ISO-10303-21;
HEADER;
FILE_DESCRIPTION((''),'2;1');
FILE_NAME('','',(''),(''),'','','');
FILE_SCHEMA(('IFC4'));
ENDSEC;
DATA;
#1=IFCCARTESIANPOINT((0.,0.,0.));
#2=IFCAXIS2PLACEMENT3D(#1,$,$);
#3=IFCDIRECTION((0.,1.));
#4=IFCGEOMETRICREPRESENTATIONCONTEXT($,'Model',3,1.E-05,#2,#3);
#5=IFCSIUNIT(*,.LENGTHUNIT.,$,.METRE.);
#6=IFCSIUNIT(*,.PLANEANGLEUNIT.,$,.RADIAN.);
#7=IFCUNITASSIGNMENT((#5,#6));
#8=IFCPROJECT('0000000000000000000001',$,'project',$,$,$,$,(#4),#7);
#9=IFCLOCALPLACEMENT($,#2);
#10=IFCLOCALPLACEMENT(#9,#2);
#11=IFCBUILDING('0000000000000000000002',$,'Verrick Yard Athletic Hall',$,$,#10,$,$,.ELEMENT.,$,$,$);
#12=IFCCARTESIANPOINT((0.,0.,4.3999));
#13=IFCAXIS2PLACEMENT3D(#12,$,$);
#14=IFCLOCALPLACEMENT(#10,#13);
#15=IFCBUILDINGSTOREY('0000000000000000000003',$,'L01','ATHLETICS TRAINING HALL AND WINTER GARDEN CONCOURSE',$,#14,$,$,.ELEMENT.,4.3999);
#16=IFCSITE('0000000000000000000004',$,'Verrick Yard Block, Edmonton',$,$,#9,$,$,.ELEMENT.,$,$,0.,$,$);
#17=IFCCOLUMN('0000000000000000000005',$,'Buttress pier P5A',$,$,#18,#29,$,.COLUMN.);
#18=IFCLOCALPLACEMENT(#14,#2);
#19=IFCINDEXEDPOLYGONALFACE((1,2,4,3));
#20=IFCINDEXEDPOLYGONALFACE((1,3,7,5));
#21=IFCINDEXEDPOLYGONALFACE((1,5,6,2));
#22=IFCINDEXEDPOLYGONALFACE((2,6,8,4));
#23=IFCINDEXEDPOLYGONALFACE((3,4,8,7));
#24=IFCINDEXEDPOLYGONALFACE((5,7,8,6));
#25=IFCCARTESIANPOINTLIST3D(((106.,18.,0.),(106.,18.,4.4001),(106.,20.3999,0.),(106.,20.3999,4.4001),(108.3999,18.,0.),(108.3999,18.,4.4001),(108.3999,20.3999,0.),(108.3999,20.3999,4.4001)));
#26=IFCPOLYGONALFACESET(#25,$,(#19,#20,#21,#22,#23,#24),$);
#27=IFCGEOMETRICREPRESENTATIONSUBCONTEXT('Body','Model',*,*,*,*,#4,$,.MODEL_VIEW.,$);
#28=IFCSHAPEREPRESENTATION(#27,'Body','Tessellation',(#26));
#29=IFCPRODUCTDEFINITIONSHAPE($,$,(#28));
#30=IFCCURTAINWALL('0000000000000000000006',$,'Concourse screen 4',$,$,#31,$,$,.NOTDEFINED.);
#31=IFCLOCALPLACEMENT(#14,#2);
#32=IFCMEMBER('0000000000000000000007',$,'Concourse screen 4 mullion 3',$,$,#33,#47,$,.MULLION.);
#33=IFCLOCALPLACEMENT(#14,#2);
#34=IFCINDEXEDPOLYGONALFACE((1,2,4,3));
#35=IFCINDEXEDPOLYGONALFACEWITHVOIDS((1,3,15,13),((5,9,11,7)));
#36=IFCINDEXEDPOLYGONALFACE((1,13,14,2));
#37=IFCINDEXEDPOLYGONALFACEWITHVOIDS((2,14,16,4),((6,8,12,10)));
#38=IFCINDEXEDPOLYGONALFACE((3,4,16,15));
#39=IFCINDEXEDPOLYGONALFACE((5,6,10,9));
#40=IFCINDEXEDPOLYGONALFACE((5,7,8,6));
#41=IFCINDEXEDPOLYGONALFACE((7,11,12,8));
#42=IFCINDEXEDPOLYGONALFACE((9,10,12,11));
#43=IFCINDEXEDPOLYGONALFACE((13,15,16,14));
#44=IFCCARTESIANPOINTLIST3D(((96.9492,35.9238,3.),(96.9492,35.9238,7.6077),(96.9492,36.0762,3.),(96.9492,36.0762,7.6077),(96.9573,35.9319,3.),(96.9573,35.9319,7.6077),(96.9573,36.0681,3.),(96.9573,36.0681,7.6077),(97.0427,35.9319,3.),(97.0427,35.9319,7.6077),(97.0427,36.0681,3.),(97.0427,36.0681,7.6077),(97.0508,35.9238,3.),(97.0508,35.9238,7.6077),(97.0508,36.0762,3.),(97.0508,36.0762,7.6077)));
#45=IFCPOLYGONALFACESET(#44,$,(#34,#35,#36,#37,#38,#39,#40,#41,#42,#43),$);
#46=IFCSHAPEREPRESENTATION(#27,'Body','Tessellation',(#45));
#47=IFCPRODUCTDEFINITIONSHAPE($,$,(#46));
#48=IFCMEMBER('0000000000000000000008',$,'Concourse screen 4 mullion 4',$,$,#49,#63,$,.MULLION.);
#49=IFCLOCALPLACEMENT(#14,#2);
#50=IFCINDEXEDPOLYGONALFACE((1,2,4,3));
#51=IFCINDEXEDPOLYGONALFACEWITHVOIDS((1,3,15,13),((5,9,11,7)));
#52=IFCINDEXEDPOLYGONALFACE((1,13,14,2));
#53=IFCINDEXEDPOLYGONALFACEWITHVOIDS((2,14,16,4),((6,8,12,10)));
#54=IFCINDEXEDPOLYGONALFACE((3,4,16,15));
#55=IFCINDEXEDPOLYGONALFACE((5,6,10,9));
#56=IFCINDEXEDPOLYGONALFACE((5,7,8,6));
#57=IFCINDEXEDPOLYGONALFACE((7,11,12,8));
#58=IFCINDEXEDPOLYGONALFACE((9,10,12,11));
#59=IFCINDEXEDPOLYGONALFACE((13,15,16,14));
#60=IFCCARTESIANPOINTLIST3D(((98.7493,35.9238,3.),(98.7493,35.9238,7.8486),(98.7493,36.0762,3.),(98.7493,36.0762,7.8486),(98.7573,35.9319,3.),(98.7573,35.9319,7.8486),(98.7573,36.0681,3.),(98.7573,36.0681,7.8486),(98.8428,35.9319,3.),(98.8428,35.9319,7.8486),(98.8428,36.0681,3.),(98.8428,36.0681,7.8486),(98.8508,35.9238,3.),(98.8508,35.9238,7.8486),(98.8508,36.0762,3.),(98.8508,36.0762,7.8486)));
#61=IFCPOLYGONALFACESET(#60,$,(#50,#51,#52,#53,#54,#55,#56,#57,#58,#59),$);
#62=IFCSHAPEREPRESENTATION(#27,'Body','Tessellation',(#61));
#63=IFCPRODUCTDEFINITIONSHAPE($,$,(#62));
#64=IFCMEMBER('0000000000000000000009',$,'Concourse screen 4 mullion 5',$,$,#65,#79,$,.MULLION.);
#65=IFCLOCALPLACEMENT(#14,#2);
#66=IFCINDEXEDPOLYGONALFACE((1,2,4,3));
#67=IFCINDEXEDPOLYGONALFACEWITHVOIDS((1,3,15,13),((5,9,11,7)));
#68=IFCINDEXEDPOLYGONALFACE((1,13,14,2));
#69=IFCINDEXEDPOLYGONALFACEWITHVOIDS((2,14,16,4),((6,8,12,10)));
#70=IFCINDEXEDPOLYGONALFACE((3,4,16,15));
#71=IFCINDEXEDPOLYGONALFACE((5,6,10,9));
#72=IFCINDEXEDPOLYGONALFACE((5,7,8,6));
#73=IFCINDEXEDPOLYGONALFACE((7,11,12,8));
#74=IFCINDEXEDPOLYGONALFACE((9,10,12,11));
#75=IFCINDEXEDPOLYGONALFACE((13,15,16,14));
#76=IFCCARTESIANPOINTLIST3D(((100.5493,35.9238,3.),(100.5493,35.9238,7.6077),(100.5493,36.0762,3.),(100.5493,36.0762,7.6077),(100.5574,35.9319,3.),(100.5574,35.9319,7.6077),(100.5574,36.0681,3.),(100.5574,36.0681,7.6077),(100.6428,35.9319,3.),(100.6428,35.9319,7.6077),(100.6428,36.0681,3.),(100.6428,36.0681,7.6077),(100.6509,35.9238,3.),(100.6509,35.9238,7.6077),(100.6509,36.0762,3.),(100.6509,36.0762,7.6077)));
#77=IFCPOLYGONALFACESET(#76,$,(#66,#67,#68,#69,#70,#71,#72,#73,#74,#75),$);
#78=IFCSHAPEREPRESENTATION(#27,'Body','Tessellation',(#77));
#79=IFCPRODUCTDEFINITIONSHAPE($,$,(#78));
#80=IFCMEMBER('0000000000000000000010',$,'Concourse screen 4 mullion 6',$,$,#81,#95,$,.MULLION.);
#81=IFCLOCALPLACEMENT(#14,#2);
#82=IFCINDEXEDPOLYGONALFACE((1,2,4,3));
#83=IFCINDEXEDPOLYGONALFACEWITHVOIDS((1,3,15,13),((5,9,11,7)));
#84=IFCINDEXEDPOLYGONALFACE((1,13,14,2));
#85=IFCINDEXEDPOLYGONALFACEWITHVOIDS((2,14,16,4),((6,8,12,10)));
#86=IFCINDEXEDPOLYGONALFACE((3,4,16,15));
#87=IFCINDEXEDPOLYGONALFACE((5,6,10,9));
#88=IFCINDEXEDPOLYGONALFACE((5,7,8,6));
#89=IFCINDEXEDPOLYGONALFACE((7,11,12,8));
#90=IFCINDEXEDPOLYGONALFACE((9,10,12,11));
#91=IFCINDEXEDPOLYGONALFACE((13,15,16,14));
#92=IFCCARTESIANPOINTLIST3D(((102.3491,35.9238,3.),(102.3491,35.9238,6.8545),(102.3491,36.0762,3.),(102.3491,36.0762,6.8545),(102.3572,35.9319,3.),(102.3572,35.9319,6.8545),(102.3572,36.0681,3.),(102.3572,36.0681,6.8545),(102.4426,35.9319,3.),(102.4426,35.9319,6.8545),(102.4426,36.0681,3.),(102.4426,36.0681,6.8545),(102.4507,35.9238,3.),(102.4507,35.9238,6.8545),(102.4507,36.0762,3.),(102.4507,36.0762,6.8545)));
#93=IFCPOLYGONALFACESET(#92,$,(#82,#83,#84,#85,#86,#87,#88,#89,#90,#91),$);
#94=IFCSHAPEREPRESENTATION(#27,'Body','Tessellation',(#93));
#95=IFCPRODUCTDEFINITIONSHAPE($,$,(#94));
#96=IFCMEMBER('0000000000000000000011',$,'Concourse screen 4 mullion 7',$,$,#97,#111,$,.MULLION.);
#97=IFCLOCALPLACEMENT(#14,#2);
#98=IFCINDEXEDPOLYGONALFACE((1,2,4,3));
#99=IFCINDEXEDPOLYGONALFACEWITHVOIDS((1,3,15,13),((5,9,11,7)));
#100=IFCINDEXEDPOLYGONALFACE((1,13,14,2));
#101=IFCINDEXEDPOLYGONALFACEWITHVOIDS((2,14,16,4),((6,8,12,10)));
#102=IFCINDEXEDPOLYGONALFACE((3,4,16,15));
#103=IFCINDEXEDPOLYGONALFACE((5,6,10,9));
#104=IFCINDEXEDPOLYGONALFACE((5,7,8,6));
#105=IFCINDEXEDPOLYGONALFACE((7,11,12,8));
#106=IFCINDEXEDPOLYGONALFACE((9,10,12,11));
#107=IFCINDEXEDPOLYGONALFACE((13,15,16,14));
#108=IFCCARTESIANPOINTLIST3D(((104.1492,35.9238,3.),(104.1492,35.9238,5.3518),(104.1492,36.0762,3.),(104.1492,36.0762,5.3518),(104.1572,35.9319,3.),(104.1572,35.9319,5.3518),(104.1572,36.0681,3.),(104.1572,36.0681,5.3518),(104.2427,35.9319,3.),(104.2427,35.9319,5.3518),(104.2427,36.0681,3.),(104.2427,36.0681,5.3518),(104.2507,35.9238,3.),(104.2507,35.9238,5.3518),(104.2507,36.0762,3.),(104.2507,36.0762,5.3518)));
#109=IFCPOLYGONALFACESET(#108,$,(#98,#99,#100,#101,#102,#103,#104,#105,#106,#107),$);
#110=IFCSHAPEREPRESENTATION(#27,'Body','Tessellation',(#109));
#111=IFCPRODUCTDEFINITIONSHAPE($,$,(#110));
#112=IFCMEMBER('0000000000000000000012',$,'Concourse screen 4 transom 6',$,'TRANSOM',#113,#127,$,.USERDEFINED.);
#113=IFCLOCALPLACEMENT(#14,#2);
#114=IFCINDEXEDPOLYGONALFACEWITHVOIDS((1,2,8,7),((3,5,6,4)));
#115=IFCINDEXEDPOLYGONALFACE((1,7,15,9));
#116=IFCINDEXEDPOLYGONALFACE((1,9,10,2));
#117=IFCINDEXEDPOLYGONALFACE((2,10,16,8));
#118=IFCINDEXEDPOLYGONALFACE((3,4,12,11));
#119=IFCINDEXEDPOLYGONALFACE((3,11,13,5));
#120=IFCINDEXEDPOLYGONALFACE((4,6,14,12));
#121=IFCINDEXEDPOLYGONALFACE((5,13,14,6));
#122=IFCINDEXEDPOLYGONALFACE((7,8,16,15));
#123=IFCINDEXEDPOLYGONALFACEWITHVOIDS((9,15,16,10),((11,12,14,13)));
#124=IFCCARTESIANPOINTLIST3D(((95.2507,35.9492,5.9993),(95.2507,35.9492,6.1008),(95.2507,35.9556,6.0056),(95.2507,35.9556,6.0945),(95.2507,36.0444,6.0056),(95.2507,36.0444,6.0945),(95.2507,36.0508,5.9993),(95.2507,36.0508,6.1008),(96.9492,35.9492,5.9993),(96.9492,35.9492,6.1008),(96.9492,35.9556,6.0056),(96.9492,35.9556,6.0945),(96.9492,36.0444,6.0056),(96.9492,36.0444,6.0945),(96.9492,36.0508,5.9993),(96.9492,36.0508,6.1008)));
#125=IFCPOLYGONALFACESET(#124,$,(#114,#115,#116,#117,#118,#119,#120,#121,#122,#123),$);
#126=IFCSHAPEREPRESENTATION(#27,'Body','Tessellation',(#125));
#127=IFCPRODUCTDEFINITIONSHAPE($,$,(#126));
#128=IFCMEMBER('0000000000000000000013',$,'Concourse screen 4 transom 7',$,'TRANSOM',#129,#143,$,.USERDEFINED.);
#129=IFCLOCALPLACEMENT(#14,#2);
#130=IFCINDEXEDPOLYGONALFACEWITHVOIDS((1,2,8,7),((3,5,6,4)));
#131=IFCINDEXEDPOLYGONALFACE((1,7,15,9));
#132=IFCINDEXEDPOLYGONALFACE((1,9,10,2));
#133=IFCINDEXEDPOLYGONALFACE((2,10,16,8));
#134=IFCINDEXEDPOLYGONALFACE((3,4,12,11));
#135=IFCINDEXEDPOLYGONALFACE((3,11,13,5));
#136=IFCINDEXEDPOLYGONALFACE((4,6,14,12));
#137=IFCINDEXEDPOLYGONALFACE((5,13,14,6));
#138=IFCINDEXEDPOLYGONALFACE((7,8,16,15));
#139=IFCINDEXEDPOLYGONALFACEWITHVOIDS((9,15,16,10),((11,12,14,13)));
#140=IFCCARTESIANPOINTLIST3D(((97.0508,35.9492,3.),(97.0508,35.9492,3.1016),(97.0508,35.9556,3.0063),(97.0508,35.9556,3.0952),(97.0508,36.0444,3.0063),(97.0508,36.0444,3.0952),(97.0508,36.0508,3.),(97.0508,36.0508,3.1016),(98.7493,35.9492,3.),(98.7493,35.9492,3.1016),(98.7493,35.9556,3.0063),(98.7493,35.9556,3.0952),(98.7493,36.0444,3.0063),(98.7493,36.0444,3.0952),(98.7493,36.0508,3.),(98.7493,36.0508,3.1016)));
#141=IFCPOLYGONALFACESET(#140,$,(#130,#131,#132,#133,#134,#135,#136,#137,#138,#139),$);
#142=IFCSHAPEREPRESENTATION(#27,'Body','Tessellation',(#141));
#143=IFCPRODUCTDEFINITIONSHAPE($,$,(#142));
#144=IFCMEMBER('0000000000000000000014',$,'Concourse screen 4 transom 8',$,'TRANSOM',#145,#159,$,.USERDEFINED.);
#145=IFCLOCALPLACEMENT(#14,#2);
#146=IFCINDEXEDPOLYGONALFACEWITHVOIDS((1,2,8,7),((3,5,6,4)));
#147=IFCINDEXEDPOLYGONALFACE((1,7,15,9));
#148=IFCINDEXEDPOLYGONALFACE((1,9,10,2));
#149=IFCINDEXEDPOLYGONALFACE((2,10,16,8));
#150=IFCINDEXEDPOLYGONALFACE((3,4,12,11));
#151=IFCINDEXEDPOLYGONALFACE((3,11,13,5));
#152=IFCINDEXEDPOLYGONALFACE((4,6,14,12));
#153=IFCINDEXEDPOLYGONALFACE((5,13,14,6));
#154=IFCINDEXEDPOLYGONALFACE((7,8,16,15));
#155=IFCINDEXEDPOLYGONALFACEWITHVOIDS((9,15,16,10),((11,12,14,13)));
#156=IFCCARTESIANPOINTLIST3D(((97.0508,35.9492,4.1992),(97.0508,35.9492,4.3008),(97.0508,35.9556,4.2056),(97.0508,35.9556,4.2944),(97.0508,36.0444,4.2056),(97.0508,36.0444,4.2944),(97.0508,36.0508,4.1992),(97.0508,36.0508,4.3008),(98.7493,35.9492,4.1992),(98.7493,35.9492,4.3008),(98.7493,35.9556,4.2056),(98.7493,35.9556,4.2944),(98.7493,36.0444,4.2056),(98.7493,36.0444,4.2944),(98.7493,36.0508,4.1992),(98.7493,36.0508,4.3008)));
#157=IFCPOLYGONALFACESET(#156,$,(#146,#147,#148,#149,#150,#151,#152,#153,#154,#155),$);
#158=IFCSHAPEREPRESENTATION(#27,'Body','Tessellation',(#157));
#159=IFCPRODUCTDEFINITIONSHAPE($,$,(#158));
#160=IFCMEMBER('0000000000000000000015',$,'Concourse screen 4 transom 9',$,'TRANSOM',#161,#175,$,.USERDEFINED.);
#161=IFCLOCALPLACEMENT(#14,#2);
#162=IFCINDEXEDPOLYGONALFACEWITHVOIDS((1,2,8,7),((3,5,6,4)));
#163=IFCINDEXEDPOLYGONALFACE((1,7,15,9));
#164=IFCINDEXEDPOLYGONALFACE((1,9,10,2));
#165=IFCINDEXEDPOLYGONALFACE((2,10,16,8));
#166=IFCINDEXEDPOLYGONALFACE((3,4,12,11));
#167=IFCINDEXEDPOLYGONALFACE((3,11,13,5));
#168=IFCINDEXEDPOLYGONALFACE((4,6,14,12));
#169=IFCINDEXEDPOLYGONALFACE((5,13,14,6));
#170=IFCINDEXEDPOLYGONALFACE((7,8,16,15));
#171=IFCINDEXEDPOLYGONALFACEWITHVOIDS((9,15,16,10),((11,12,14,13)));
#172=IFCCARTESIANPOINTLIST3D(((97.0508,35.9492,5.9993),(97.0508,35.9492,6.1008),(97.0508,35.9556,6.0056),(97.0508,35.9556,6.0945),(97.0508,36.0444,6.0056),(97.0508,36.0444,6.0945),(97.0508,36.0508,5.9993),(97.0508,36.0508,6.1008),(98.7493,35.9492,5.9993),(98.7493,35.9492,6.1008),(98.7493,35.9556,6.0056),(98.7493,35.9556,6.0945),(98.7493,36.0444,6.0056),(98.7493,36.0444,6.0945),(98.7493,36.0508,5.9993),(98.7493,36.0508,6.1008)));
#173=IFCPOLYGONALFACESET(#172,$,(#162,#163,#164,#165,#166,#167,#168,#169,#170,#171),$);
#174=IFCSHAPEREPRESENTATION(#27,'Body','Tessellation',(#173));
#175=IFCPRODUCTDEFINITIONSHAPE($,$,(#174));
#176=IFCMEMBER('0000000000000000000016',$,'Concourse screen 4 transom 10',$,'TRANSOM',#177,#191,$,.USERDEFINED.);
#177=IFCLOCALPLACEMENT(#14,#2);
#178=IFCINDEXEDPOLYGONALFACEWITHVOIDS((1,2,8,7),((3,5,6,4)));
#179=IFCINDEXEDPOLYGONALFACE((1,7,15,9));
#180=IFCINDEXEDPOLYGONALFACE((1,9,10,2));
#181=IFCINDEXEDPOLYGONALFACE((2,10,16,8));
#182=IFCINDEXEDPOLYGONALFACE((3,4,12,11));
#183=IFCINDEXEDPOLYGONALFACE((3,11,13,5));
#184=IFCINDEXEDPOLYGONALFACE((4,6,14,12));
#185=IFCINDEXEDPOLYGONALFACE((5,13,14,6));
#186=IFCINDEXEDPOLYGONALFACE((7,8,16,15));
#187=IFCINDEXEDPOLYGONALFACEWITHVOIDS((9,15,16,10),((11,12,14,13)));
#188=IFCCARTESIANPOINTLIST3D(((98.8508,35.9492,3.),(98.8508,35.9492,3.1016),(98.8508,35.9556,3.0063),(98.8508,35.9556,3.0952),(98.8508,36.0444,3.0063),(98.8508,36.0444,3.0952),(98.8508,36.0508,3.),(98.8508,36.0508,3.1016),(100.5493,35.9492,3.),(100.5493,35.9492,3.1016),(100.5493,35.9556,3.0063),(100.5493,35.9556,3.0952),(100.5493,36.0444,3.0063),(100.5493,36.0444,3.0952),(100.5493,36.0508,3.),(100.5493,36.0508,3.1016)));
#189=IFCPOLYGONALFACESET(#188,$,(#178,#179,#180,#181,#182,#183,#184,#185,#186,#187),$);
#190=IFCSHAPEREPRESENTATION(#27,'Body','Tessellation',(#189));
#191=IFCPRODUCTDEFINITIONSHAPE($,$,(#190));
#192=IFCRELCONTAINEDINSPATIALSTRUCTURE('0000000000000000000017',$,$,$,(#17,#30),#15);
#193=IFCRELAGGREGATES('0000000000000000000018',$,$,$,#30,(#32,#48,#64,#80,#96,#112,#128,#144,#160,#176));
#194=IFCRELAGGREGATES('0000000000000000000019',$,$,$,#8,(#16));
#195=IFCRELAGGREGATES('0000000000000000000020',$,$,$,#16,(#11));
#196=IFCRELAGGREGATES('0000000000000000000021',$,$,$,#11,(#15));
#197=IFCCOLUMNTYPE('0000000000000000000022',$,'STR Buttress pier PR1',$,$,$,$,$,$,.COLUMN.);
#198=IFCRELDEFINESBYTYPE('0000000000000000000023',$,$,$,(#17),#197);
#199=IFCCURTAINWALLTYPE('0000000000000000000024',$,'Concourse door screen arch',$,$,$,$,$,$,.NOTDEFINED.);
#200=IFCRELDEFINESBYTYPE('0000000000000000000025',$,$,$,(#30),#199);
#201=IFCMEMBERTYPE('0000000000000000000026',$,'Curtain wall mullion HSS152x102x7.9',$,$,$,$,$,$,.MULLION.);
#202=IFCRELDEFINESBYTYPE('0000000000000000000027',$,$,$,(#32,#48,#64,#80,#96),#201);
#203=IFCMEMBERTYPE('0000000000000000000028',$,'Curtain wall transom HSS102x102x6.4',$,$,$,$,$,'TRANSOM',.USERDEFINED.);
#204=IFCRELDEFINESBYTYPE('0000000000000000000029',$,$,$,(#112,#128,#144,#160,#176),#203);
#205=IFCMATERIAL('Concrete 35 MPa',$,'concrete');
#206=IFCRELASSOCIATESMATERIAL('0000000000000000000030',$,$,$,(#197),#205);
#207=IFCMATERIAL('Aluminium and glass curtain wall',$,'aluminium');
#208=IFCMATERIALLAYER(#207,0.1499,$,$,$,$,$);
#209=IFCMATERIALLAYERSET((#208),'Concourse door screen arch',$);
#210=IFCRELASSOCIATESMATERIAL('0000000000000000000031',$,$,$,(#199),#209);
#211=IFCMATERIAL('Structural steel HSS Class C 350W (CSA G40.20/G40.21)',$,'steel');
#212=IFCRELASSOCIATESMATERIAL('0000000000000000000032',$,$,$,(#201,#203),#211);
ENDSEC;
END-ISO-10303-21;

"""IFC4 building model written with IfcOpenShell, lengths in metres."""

from ifc_helpers import new_model, si_unit, direction, frame, origin, origin_2d, place, context, subcontext, project, spatial, rectangle, hollow_rectangle, extrude, material, layer, layer_set, material_profile, profile_set, type_object, element, aggregate, save


model = new_model("IFC4")

# Units and contexts
model_context = context("Model", 3, precision=1e-05, world=origin(), true_north=direction((0.0, 1.0)))
body_context = subcontext(model_context, "Body", "Model", "MODEL_VIEW")
ifc_project = project(units=[si_unit("LENGTHUNIT", "METRE"), si_unit("PLANEANGLEUNIT", "RADIAN")], contexts=[model_context])

# Site, building, storey
site_placement = place(None, origin())
site = spatial("IfcSite", under=ifc_project, at=site_placement, Name="Verrick Yard Block, Edmonton", CompositionType="ELEMENT", RefElevation=0.0)
building_placement = place(site_placement, origin())
building = spatial("IfcBuilding", under=site, at=building_placement, Name="Verrick Yard Athletic Hall", CompositionType="ELEMENT")
storey_placement = place(building_placement, frame((0.0, 0.0, 4.3999)))
storey = spatial("IfcBuildingStorey", under=building, at=storey_placement, Name="L01", Description="ATHLETICS TRAINING HALL AND WINTER GARDEN CONCOURSE", CompositionType="ELEMENT", Elevation=4.3999)

# Column
ifc_material_1 = material(Name="Concrete 35 MPa", Category="concrete")
ifc_material_profile_1 = material_profile(ifc_material_1, rectangle(XDim=2.3999, YDim=2.3999, at=origin_2d()), Name="STR Buttress pier PR1")
ifc_profile_set_1 = profile_set([ifc_material_profile_1], Name="Concrete 35 MPa")
column_type = type_object("IfcColumnType", Name="STR Buttress pier PR1", PredefinedType="COLUMN", material=ifc_profile_set_1)
column_placement = place(storey_placement, frame((107.2, 19.2, 0.0), z_axis=(0.0, 0.0, 1.0), x_axis=(1.0, 0.0, 0.0)))
element("IfcColumn", 1, at=column_placement, inside=storey, type_object=column_type, Name="Buttress pier P5A", PredefinedType="COLUMN", context=body_context, shape_type="SweptSolid", body=[
    extrude(rectangle(XDim=2.3999, YDim=2.3999, at=origin_2d()), origin(), (0.0, 0.0, 1.0), 4.4001),
])

# Curtain wall, members
ifc_material_2 = material(Name="Aluminium and glass curtain wall", Category="aluminium")
ifc_layer_1 = layer(ifc_material_2, 0.1499)
ifc_layer_set_1 = layer_set([ifc_layer_1], Name="Concourse door screen arch")
curtain_wall_type = type_object("IfcCurtainWallType", Name="Concourse door screen arch", PredefinedType="NOTDEFINED", material=ifc_layer_set_1)
curtain_wall_placement = place(storey_placement, origin())
curtain_wall = element("IfcCurtainWall", 2, at=curtain_wall_placement, inside=storey, type_object=curtain_wall_type, Name="Concourse screen 4", PredefinedType="NOTDEFINED")
ifc_material_3 = material(Name="Structural steel HSS Class C 350W (CSA G40.20/G40.21)", Category="steel")
ifc_material_profile_2 = material_profile(ifc_material_3, hollow_rectangle(XDim=0.1016, YDim=0.1523, WallThickness=0.0081, at=origin_2d()), Name="HSS152x102x7.9")
ifc_profile_set_2 = profile_set([ifc_material_profile_2], Name="Structural steel HSS Class C 350W (CSA G40.20/G40.21)")
member_type_1 = type_object("IfcMemberType", Name="Curtain wall mullion HSS152x102x7.9", PredefinedType="MULLION", material=ifc_profile_set_2)
member_1_placement = place(storey_placement, frame((97.0, 36.0, 3.0), z_axis=(0.0, 0.0, 1.0), x_axis=(1.0, 0.0, 0.0)))
member_1 = element("IfcMember", 3, at=member_1_placement, type_object=member_type_1, Name="Concourse screen 4 mullion 3", PredefinedType="MULLION", context=body_context, shape_type="SweptSolid", body=[
    extrude(hollow_rectangle(XDim=0.1016, YDim=0.1523, WallThickness=0.0081, at=origin_2d()), origin(), (0.0, 0.0, 1.0), 4.6077),
])
member_2_placement = place(storey_placement, frame((98.8, 36.0, 3.0), z_axis=(0.0, 0.0, 1.0), x_axis=(1.0, 0.0, 0.0)))
member_2 = element("IfcMember", 4, at=member_2_placement, type_object=member_type_1, Name="Concourse screen 4 mullion 4", PredefinedType="MULLION", context=body_context, shape_type="SweptSolid", body=[
    extrude(hollow_rectangle(XDim=0.1016, YDim=0.1523, WallThickness=0.0081, at=origin_2d()), origin(), (0.0, 0.0, 1.0), 4.8486),
])
member_3_placement = place(storey_placement, frame((100.6001, 36.0, 3.0), z_axis=(0.0, 0.0, 1.0), x_axis=(1.0, 0.0, 0.0)))
member_3 = element("IfcMember", 5, at=member_3_placement, type_object=member_type_1, Name="Concourse screen 4 mullion 5", PredefinedType="MULLION", context=body_context, shape_type="SweptSolid", body=[
    extrude(hollow_rectangle(XDim=0.1016, YDim=0.1523, WallThickness=0.0081, at=origin_2d()), origin(), (0.0, 0.0, 1.0), 4.6077),
])
member_4_placement = place(storey_placement, frame((102.3999, 36.0, 3.0), z_axis=(0.0, 0.0, 1.0), x_axis=(1.0, 0.0, 0.0)))
member_4 = element("IfcMember", 6, at=member_4_placement, type_object=member_type_1, Name="Concourse screen 4 mullion 6", PredefinedType="MULLION", context=body_context, shape_type="SweptSolid", body=[
    extrude(hollow_rectangle(XDim=0.1016, YDim=0.1523, WallThickness=0.0081, at=origin_2d()), origin(), (0.0, 0.0, 1.0), 3.8545),
])
member_5_placement = place(storey_placement, frame((104.2, 36.0, 3.0), z_axis=(0.0, 0.0, 1.0), x_axis=(1.0, 0.0, 0.0)))
member_5 = element("IfcMember", 7, at=member_5_placement, type_object=member_type_1, Name="Concourse screen 4 mullion 7", PredefinedType="MULLION", context=body_context, shape_type="SweptSolid", body=[
    extrude(hollow_rectangle(XDim=0.1016, YDim=0.1523, WallThickness=0.0081, at=origin_2d()), origin(), (0.0, 0.0, 1.0), 2.3518),
])
ifc_material_profile_3 = material_profile(ifc_material_3, hollow_rectangle(XDim=0.1016, YDim=0.1016, WallThickness=0.0063, at=origin_2d()), Name="HSS102x102x6.4")
ifc_profile_set_3 = profile_set([ifc_material_profile_3], Name="Structural steel HSS Class C 350W (CSA G40.20/G40.21)")
member_type_2 = type_object("IfcMemberType", Name="Curtain wall transom HSS102x102x6.4", ElementType="TRANSOM", PredefinedType="USERDEFINED", material=ifc_profile_set_3)
member_6_placement = place(storey_placement, frame((95.2507, 36.0, 6.05), z_axis=(1.0, 0.0, 0.0), x_axis=(0.0, 1.0, 0.0)))
member_6 = element("IfcMember", 8, at=member_6_placement, type_object=member_type_2, Name="Concourse screen 4 transom 6", ObjectType="TRANSOM", PredefinedType="USERDEFINED", context=body_context, shape_type="SweptSolid", body=[
    extrude(hollow_rectangle(XDim=0.1016, YDim=0.1016, WallThickness=0.0063, at=origin_2d()), origin(), (0.0, 0.0, 1.0), 1.6985),
])
member_7_placement = place(storey_placement, frame((97.0508, 36.0, 3.0508), z_axis=(1.0, 0.0, 0.0), x_axis=(0.0, 1.0, 0.0)))
member_7 = element("IfcMember", 9, at=member_7_placement, type_object=member_type_2, Name="Concourse screen 4 transom 7", ObjectType="TRANSOM", PredefinedType="USERDEFINED", context=body_context, shape_type="SweptSolid", body=[
    extrude(hollow_rectangle(XDim=0.1016, YDim=0.1016, WallThickness=0.0063, at=origin_2d()), origin(), (0.0, 0.0, 1.0), 1.6985),
])
member_8_placement = place(storey_placement, frame((97.0508, 36.0, 4.25), z_axis=(1.0, 0.0, 0.0), x_axis=(0.0, 1.0, 0.0)))
member_8 = element("IfcMember", 10, at=member_8_placement, type_object=member_type_2, Name="Concourse screen 4 transom 8", ObjectType="TRANSOM", PredefinedType="USERDEFINED", context=body_context, shape_type="SweptSolid", body=[
    extrude(hollow_rectangle(XDim=0.1016, YDim=0.1016, WallThickness=0.0063, at=origin_2d()), origin(), (0.0, 0.0, 1.0), 1.6985),
])
member_9_placement = place(storey_placement, frame((97.0508, 36.0, 6.05), z_axis=(1.0, 0.0, 0.0), x_axis=(0.0, 1.0, 0.0)))
member_9 = element("IfcMember", 11, at=member_9_placement, type_object=member_type_2, Name="Concourse screen 4 transom 9", ObjectType="TRANSOM", PredefinedType="USERDEFINED", context=body_context, shape_type="SweptSolid", body=[
    extrude(hollow_rectangle(XDim=0.1016, YDim=0.1016, WallThickness=0.0063, at=origin_2d()), origin(), (0.0, 0.0, 1.0), 1.6985),
])
member_10_placement = place(storey_placement, frame((98.8508, 36.0, 3.0508), z_axis=(1.0, 0.0, 0.0), x_axis=(0.0, 1.0, 0.0)))
member_10 = element("IfcMember", 12, at=member_10_placement, type_object=member_type_2, Name="Concourse screen 4 transom 10", ObjectType="TRANSOM", PredefinedType="USERDEFINED", context=body_context, shape_type="SweptSolid", body=[
    extrude(hollow_rectangle(XDim=0.1016, YDim=0.1016, WallThickness=0.0063, at=origin_2d()), origin(), (0.0, 0.0, 1.0), 1.6985),
])
aggregate(curtain_wall, [member_1, member_2, member_3, member_4, member_5, member_6, member_7, member_8, member_9, member_10])

save(model, "model.ifc")
